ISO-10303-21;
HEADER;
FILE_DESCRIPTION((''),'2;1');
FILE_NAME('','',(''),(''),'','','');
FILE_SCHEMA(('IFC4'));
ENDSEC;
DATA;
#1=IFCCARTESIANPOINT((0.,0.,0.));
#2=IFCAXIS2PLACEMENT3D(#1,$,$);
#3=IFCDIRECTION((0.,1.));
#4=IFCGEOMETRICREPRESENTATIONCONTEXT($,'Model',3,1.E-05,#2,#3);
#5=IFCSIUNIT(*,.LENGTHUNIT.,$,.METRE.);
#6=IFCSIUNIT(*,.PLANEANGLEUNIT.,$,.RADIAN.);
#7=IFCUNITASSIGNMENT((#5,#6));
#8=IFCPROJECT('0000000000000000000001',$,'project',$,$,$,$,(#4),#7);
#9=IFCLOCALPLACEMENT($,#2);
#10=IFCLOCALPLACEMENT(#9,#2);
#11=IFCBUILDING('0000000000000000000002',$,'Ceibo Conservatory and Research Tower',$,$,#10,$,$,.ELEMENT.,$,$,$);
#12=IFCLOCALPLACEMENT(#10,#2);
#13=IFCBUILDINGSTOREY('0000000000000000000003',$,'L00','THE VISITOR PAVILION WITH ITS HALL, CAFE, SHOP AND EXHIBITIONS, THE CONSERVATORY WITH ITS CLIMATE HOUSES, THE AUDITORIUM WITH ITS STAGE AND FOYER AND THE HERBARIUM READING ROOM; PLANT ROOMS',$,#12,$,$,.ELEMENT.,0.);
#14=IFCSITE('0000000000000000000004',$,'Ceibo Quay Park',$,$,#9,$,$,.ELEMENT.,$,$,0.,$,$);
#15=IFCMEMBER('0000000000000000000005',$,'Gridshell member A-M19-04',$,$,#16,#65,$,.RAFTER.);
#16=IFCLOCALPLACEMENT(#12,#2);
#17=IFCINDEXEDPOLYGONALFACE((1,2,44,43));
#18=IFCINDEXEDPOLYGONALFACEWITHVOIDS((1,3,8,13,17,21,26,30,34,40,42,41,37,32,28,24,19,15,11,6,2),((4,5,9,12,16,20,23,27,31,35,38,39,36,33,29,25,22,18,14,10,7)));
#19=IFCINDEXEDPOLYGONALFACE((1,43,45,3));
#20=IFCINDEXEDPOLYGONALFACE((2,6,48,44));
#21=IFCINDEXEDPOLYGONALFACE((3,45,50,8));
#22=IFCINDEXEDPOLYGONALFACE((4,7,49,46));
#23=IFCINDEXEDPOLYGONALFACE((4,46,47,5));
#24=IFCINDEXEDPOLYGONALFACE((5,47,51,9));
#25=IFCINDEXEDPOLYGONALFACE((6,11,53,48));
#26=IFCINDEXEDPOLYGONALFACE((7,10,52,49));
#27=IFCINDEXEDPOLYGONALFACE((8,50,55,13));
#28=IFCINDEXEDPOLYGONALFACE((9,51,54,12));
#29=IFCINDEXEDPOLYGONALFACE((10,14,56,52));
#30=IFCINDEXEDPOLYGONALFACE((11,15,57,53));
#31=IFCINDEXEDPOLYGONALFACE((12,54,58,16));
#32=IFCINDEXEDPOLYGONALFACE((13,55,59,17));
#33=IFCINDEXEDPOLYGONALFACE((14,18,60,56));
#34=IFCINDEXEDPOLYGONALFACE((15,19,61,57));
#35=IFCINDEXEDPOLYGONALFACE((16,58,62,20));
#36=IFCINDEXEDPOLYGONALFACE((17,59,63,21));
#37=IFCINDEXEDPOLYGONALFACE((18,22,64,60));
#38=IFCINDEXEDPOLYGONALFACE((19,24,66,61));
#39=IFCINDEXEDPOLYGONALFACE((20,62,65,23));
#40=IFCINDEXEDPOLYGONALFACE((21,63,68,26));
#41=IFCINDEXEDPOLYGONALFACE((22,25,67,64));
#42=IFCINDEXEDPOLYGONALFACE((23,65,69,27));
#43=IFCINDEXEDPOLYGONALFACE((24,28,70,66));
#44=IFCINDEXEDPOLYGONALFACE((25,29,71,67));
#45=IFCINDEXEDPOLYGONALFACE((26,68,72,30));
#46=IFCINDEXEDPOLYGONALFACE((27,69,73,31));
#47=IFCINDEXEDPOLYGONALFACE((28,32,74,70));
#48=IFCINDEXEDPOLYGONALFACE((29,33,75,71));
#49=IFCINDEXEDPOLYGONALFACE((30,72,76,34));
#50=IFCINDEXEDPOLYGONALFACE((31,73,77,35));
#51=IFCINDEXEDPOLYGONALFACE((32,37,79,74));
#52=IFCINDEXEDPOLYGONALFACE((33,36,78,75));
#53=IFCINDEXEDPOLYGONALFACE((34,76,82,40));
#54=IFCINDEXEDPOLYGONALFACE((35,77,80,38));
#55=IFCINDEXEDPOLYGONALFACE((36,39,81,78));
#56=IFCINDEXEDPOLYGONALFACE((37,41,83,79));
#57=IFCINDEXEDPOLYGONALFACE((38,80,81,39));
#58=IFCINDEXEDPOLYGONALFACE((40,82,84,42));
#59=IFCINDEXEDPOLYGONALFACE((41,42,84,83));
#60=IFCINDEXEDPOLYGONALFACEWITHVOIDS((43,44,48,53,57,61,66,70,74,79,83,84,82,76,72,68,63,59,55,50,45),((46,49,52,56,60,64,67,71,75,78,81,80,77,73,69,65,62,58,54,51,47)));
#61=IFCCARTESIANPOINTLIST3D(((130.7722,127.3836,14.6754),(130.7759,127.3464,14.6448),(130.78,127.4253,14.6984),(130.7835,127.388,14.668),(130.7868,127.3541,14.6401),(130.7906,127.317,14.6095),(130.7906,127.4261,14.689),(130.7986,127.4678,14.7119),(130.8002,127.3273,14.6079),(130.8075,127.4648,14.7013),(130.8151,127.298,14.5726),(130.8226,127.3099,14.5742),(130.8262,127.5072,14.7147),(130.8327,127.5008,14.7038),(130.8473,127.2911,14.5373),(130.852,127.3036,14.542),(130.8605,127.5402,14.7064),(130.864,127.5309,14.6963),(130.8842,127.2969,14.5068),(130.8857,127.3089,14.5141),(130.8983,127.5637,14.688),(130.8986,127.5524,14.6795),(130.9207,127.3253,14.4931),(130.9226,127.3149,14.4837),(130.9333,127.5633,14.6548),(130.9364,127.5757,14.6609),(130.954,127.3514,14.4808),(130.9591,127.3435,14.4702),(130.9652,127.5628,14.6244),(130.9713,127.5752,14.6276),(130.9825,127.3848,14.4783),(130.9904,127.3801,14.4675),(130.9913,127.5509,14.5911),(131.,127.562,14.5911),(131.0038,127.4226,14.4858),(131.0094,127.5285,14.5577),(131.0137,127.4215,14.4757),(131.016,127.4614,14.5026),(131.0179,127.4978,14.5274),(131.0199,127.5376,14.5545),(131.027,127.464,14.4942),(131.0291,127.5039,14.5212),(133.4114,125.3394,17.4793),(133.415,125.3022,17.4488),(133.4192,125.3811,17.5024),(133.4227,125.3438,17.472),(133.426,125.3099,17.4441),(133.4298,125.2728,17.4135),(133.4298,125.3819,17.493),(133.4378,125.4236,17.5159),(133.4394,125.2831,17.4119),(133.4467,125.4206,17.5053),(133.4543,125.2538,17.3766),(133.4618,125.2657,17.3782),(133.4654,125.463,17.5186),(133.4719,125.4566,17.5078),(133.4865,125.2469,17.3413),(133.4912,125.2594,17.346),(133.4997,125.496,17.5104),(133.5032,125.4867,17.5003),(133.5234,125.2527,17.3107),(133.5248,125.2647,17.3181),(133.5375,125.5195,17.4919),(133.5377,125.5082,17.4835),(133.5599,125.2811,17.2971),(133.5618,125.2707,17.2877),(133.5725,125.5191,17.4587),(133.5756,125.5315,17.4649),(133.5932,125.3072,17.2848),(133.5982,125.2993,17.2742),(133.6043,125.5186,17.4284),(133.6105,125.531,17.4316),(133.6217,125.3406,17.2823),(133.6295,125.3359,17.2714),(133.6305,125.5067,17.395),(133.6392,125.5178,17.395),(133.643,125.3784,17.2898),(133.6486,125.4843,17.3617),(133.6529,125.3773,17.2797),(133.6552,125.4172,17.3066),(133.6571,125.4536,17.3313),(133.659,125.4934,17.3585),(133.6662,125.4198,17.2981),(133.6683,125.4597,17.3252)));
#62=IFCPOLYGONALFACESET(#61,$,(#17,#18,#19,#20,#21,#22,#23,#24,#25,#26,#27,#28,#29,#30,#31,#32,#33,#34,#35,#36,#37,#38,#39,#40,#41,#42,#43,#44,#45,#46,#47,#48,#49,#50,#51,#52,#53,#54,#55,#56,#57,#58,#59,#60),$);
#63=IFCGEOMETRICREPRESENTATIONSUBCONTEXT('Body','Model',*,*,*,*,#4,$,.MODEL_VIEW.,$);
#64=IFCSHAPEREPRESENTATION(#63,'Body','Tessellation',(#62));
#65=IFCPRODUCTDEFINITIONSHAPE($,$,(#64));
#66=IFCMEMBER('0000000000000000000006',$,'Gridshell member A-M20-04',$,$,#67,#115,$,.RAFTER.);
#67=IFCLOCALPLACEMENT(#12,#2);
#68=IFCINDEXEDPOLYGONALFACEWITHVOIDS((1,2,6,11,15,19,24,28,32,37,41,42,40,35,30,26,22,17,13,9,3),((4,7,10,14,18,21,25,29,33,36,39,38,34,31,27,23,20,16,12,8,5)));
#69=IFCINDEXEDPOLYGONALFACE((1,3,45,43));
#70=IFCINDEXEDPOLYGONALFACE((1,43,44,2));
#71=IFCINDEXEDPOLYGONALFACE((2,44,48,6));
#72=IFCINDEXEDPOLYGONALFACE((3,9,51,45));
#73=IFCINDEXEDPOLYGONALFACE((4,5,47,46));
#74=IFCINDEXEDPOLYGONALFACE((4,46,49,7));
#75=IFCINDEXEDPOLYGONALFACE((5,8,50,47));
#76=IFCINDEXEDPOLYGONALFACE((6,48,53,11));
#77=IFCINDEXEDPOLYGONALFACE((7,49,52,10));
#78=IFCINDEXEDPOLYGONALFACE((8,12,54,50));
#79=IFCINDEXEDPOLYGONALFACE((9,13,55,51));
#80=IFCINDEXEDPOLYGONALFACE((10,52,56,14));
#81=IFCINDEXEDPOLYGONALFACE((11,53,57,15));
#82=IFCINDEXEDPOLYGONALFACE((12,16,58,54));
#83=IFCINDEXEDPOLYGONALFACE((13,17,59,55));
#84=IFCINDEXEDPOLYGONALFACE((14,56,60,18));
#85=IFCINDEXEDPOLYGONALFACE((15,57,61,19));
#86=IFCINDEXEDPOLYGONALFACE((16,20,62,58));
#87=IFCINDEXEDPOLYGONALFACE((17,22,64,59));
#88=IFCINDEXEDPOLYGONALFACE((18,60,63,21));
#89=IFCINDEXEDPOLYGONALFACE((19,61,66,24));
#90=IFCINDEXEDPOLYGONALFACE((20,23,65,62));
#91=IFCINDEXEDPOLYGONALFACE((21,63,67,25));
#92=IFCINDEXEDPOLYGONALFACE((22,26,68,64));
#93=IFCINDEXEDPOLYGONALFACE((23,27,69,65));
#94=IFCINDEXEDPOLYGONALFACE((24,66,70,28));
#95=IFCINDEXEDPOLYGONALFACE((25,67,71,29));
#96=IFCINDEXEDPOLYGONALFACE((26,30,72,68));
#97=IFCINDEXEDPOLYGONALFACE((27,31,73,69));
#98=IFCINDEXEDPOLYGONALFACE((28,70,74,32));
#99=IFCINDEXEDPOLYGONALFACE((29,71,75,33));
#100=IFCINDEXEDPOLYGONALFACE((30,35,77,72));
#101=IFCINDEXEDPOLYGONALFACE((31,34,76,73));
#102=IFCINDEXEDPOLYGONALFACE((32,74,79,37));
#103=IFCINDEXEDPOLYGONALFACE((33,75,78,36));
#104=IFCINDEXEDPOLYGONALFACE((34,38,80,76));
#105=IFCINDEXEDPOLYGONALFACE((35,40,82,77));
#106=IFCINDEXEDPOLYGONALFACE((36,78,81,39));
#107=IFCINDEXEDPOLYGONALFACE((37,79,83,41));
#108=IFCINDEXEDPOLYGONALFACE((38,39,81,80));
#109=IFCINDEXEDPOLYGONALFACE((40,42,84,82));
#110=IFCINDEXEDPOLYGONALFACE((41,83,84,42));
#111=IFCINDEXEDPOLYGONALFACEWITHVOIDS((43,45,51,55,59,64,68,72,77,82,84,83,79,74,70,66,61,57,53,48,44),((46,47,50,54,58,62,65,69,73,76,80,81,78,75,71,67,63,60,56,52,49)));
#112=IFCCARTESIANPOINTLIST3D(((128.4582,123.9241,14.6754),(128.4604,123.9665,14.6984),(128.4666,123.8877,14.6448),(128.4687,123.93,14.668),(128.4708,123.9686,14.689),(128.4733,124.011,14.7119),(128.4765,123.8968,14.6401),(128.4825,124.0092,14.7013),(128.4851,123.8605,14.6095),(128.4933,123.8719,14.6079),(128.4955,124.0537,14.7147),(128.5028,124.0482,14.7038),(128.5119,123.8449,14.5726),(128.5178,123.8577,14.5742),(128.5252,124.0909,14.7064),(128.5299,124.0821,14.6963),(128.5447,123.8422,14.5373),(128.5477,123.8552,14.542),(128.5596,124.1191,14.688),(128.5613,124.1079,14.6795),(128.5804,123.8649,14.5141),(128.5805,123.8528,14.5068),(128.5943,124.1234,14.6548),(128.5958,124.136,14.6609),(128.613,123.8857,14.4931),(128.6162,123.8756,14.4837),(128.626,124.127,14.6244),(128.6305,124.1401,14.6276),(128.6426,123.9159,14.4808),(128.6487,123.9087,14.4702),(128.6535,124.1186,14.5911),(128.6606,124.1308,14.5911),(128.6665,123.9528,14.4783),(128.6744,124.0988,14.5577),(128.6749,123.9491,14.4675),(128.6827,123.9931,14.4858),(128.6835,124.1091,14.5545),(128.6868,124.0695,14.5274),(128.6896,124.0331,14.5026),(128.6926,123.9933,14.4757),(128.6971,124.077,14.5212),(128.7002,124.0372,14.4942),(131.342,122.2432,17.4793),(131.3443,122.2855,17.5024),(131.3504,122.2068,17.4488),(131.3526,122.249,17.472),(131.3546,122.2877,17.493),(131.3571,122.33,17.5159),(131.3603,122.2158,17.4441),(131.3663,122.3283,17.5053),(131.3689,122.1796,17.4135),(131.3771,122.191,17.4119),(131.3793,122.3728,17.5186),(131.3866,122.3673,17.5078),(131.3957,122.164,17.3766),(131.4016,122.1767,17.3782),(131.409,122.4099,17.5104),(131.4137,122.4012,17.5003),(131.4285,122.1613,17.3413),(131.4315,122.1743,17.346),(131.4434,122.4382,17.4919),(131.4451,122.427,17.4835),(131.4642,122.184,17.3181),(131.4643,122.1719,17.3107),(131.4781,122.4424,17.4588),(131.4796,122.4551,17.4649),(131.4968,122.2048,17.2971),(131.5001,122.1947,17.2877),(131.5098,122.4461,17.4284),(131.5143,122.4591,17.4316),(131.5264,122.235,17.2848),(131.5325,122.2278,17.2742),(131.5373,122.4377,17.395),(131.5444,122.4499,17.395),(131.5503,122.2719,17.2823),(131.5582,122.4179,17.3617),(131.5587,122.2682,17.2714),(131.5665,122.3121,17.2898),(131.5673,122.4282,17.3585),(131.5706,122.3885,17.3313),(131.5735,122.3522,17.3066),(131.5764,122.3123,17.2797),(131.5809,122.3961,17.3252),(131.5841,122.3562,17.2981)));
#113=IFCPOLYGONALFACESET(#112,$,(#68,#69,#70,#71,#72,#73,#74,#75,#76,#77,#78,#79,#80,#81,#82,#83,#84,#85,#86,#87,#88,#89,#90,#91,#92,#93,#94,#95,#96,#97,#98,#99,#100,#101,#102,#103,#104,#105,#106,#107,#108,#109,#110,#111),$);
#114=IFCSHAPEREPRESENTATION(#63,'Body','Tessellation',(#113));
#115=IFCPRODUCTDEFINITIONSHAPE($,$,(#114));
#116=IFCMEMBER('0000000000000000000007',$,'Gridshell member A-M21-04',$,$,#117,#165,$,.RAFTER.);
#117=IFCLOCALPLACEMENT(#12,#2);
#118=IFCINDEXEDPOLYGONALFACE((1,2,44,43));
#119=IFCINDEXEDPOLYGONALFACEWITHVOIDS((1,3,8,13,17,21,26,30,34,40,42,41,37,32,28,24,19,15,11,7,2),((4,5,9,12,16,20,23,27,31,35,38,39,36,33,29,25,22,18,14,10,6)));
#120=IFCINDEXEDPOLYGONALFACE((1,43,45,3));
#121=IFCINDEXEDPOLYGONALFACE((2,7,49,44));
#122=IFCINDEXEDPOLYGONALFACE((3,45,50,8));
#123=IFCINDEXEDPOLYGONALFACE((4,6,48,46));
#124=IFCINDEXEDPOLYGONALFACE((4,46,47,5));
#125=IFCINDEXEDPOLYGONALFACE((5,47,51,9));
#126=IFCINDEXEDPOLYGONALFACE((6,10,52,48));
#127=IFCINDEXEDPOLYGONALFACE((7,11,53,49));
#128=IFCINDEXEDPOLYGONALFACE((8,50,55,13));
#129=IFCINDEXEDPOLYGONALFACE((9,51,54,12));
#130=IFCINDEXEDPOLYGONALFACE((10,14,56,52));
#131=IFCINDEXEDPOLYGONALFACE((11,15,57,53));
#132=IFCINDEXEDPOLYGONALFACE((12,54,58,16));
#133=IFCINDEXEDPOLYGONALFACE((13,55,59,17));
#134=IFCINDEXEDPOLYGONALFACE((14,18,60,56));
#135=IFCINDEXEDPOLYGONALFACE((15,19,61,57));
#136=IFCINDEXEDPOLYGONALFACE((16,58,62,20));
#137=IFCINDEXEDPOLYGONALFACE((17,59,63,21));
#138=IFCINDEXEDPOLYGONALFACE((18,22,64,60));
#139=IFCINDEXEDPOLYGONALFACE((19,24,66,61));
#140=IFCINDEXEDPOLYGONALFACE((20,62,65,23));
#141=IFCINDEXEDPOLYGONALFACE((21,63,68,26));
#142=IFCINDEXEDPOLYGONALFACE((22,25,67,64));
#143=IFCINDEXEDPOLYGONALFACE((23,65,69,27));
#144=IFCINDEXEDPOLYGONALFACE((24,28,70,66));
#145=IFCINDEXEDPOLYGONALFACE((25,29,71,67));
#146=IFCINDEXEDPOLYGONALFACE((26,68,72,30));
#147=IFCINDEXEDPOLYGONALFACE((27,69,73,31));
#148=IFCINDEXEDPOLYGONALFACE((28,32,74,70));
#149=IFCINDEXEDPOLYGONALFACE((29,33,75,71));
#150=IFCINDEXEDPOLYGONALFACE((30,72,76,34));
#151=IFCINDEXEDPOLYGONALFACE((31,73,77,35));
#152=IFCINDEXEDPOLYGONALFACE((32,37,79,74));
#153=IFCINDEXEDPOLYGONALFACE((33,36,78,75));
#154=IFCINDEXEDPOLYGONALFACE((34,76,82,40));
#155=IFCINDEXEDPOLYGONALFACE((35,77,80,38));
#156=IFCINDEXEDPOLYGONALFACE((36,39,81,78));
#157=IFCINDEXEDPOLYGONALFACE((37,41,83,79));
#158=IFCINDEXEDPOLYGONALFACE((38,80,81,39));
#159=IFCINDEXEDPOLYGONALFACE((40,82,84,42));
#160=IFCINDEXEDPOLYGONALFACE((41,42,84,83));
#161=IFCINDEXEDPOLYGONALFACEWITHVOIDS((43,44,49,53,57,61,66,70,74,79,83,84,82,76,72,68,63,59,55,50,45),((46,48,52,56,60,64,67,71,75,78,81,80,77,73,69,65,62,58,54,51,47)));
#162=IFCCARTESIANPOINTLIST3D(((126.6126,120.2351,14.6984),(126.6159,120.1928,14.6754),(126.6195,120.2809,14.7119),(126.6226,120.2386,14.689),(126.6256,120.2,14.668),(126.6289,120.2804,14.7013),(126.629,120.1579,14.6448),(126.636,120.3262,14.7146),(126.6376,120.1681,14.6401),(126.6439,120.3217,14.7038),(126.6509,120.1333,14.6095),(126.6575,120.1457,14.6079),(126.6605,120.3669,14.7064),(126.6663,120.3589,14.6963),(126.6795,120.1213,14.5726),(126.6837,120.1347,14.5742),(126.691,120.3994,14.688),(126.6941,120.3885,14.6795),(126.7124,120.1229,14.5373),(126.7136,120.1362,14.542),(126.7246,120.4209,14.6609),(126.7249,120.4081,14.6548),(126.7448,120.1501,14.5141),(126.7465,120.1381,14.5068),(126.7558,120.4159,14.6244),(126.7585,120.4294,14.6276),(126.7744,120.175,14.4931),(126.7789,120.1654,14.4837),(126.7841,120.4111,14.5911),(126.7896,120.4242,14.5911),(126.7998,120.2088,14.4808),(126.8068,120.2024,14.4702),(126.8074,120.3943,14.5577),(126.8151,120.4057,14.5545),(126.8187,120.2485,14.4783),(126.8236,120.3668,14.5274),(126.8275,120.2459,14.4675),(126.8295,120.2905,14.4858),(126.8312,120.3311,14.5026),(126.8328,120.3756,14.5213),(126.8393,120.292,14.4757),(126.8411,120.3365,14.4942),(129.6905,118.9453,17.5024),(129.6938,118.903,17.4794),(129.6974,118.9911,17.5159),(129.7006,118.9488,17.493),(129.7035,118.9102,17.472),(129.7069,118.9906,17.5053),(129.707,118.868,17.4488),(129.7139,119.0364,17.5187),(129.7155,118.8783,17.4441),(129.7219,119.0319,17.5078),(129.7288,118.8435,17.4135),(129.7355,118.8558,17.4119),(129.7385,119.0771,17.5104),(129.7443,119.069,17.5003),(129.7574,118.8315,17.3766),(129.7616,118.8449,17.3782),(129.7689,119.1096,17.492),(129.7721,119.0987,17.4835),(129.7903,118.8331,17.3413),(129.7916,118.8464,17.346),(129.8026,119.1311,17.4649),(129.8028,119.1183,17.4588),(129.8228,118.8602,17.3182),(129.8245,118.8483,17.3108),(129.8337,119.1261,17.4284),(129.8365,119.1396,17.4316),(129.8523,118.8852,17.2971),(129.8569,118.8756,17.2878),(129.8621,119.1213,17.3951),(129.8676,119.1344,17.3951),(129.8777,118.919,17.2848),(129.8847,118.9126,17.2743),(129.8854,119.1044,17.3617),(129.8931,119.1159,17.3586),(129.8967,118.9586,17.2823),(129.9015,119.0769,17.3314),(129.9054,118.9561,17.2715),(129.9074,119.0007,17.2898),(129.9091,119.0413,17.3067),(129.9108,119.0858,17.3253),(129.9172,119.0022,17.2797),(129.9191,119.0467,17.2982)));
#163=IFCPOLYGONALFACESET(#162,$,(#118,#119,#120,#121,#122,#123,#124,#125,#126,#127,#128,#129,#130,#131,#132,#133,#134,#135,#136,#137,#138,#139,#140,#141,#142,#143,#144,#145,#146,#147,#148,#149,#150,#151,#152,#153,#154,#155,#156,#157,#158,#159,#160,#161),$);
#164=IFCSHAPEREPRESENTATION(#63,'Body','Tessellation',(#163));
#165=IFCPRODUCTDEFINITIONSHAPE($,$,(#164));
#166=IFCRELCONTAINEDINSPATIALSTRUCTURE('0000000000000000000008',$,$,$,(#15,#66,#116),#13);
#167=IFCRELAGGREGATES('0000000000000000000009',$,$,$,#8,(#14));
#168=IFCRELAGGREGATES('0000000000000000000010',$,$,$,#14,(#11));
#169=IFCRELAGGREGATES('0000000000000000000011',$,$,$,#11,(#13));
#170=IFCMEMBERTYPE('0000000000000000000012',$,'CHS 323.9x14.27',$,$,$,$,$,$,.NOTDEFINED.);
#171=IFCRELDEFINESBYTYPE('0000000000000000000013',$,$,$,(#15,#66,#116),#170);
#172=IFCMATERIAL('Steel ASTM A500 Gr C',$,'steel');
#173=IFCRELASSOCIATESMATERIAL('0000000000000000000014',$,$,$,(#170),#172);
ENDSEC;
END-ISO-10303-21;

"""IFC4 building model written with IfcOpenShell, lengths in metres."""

from ifc_helpers import new_model, si_unit, direction, frame, origin, origin_2d, place, context, subcontext, project, spatial, hollow_circle, extrude, material, material_profile, profile_set, type_object, element, save


model = new_model("IFC4")

# Units and contexts
model_context = context("Model", 3, precision=1e-05, world=origin(), true_north=direction((0.0, 1.0)))
body_context = subcontext(model_context, "Body", "Model", "MODEL_VIEW")
ifc_project = project(units=[si_unit("LENGTHUNIT", "METRE"), si_unit("PLANEANGLEUNIT", "RADIAN")], contexts=[model_context])

# Site, building, storey
site_placement = place(None, origin())
site = spatial("IfcSite", under=ifc_project, at=site_placement, Name="Ceibo Quay Park", CompositionType="ELEMENT", RefElevation=0.0)
building_placement = place(site_placement, origin())
building = spatial("IfcBuilding", under=site, at=building_placement, Name="Ceibo Conservatory and Research Tower", CompositionType="ELEMENT")
storey_placement = place(building_placement, origin())
storey = spatial("IfcBuildingStorey", under=building, at=storey_placement, Name="L00", Description="THE VISITOR PAVILION WITH ITS HALL, CAFE, SHOP AND EXHIBITIONS, THE CONSERVATORY WITH ITS CLIMATE HOUSES, THE AUDITORIUM WITH ITS STAGE AND FOYER AND THE HERBARIUM READING ROOM; PLANT ROOMS", CompositionType="ELEMENT", Elevation=0.0)

# Members
ifc_material_1 = material(Name="Steel ASTM A500 Gr C", Category="steel")
ifc_material_profile_1 = material_profile(ifc_material_1, hollow_circle(Radius=0.1619, WallThickness=0.0142, at=origin_2d()), Name="CHS 323.9x14.27")
ifc_profile_set_1 = profile_set([ifc_material_profile_1], Name="Steel ASTM A500 Gr C")
member_type_1 = type_object("IfcMemberType", Name="CHS 323.9x14.27", PredefinedType="NOTDEFINED", material=ifc_profile_set_1)
member_1_placement = place(storey_placement, frame((130.9009, 127.4341, 14.5911), z_axis=(0.605369, -0.468895, 0.643169), x_axis=(0.612355, 0.790583, 0.0)))
element("IfcMember", 1, at=member_1_placement, inside=storey, type_object=member_type_1, Name="Gridshell member A-M19-04", PredefinedType="RAFTER", context=body_context, shape_type="SweptSolid", body=[
    extrude(hollow_circle(Radius=0.1619, WallThickness=0.0142, at=origin_2d()), origin(), (0.0, 0.0, 1.0), 4.3596),
])
member_2_placement = place(storey_placement, frame((128.5791, 123.991, 14.5911), z_axis=(0.661519, -0.385588, 0.643206), x_axis=(0.50358, 0.863949, 0.0)))
element("IfcMember", 2, at=member_2_placement, inside=storey, type_object=member_type_1, Name="Gridshell member A-M20-04", PredefinedType="RAFTER", context=body_context, shape_type="SweptSolid", body=[
    extrude(hollow_circle(Radius=0.1619, WallThickness=0.0142, at=origin_2d()), origin(), (0.0, 0.0, 1.0), 4.3594),
])
member_3_placement = place(storey_placement, frame((126.7271, 120.2749, 14.5911), z_axis=(0.706131, -0.295906, 0.643287), x_axis=(0.38649, 0.922294, 0.0)))
element("IfcMember", 3, at=member_3_placement, inside=storey, type_object=member_type_1, Name="Gridshell member A-M21-04", PredefinedType="RAFTER", context=body_context, shape_type="SweptSolid", body=[
    extrude(hollow_circle(Radius=0.1619, WallThickness=0.0142, at=origin_2d()), origin(), (0.0, 0.0, 1.0), 4.3589),
])

save(model, "model.ifc")
